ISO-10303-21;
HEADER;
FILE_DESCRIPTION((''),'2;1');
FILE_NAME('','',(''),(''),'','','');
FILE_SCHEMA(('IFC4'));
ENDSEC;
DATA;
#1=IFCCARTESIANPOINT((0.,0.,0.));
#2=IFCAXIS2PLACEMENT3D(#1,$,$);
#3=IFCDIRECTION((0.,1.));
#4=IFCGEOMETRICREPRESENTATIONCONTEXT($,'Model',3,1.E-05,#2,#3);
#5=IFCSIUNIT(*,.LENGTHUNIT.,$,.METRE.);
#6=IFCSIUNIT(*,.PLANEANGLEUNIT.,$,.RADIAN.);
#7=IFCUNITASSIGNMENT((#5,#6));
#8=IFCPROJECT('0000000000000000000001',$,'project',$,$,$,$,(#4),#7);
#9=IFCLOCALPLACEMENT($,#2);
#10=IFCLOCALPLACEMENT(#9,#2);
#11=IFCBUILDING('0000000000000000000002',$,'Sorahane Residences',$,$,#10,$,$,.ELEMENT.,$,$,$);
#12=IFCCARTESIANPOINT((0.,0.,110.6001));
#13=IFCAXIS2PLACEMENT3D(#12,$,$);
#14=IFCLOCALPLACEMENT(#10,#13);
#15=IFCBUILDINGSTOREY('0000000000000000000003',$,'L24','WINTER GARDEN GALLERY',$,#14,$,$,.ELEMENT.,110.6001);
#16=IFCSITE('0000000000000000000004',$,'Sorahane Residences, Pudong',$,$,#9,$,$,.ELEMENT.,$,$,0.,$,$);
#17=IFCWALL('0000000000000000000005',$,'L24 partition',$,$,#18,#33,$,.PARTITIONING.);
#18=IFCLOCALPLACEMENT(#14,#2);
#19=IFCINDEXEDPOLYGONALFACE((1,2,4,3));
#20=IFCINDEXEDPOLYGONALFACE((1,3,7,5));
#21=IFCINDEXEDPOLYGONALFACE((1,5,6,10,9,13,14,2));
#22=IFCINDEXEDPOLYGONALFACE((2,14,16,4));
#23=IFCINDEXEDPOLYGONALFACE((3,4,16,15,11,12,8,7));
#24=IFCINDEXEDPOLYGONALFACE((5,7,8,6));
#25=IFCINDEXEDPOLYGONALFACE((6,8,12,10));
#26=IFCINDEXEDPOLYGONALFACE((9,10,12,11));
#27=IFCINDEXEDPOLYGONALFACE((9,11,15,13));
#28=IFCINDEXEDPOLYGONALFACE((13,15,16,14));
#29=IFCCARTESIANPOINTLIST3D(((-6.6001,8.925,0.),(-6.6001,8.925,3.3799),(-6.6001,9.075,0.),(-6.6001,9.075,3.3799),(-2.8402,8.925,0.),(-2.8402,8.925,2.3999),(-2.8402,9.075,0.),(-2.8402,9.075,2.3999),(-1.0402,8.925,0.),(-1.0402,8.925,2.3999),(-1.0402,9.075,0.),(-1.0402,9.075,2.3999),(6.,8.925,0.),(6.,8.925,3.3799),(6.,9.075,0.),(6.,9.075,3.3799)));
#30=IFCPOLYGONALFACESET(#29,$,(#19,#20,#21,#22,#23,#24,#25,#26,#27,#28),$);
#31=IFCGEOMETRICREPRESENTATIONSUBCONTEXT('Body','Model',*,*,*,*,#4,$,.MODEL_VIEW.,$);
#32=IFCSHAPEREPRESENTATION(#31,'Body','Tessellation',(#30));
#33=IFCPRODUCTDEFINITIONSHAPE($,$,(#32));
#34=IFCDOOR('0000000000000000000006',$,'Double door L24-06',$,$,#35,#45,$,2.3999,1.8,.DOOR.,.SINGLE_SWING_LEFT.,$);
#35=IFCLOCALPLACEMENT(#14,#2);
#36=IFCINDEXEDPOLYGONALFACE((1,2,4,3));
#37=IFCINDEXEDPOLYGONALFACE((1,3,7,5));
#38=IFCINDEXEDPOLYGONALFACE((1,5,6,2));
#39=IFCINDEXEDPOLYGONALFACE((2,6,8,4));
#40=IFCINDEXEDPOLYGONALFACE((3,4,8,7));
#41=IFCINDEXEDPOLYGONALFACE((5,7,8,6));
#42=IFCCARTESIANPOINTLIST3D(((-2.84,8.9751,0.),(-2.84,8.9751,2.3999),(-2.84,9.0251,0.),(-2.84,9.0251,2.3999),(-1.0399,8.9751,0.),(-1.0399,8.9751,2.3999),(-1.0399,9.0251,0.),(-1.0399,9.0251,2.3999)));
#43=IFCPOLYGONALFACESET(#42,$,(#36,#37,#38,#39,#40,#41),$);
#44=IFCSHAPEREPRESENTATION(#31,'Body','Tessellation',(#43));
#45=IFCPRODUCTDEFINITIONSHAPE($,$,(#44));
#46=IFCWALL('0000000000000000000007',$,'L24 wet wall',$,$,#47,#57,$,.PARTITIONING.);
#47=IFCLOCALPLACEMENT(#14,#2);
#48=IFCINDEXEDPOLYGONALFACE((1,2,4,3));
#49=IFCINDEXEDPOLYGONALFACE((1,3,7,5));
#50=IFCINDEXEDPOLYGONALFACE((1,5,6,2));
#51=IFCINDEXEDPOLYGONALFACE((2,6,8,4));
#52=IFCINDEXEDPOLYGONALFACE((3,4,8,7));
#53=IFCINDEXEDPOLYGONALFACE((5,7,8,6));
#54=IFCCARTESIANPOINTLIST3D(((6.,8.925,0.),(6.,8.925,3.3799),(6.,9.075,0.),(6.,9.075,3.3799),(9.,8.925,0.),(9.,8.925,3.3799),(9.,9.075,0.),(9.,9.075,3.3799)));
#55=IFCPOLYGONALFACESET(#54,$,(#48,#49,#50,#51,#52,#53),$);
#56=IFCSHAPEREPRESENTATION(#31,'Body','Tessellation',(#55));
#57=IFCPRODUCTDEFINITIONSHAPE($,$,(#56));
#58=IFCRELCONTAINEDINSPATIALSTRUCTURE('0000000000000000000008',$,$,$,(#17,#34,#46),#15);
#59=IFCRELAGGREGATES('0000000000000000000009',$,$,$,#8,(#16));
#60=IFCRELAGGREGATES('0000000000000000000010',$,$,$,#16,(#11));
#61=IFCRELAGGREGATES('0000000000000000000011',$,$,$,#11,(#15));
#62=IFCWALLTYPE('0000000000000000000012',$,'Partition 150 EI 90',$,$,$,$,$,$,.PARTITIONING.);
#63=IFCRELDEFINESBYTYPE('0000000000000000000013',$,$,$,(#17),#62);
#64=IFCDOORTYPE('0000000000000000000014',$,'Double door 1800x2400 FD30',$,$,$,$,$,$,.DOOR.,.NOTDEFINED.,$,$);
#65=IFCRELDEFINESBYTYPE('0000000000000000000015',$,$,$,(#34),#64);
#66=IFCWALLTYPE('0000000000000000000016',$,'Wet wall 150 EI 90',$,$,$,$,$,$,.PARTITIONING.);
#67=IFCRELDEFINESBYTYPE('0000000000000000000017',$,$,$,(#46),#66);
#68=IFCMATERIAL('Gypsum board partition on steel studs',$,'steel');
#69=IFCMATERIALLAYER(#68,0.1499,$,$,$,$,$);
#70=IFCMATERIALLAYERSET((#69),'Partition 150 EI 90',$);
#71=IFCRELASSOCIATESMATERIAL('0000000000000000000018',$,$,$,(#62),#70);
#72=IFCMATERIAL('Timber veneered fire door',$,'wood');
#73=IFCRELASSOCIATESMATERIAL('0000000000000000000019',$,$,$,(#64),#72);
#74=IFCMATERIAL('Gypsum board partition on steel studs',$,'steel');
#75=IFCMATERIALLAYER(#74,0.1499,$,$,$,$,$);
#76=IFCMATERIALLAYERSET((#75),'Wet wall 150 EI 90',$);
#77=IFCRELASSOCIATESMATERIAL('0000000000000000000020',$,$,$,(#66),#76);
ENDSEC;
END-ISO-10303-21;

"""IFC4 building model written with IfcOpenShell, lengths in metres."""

from ifc_helpers import new_model, si_unit, direction, frame, frame_2d, origin, place, context, subcontext, project, spatial, rectangle, extrude, material, layer, layer_set, type_object, element, fill, save


model = new_model("IFC4")

# Units and contexts
model_context = context("Model", 3, precision=1e-05, world=origin(), true_north=direction((0.0, 1.0)))
body_context = subcontext(model_context, "Body", "Model", "MODEL_VIEW")
ifc_project = project(units=[si_unit("LENGTHUNIT", "METRE"), si_unit("PLANEANGLEUNIT", "RADIAN")], contexts=[model_context])

# Site, building, storey
site_placement = place(None, origin())
site = spatial("IfcSite", under=ifc_project, at=site_placement, Name="Sorahane Residences, Pudong", CompositionType="ELEMENT", RefElevation=0.0)
building_placement = place(site_placement, origin())
building = spatial("IfcBuilding", under=site, at=building_placement, Name="Sorahane Residences", CompositionType="ELEMENT")
storey_placement = place(building_placement, frame((0.0, 0.0, 110.6001)))
storey = spatial("IfcBuildingStorey", under=building, at=storey_placement, Name="L24", Description="WINTER GARDEN GALLERY", CompositionType="ELEMENT", Elevation=110.6001)

# Shared definitions
ifc_material_1 = material(Name="Gypsum board partition on steel studs", Category="steel")
ifc_layer_1 = layer(ifc_material_1, 0.1499)
ifc_layer_set_1 = layer_set([ifc_layer_1], Name="Partition 150 EI 90")
wall_type_1 = type_object("IfcWallType", Name="Partition 150 EI 90", PredefinedType="PARTITIONING", material=ifc_layer_set_1)

# Wall, opening, door
wall_1_placement = place(storey_placement, frame((-6.6001, 9.0, 0.0), z_axis=(0.0, 0.0, 1.0), x_axis=(1.0, 0.0, 0.0)))
wall_1 = element("IfcWall", 1, at=wall_1_placement, inside=storey, type_object=wall_type_1, Name="L24 partition", PredefinedType="PARTITIONING", context=body_context, shape_type="SweptSolid", body=[
    extrude(rectangle(XDim=12.6001, YDim=0.1499, at=frame_2d((6.3, 0.0))), origin(), (0.0, 0.0, 1.0), 3.3799),
])
opening_1_placement = place(wall_1_placement, frame((3.76, 0.0, 0.0)))
opening_1 = element("IfcOpeningElement", 2, at=opening_1_placement, cuts=wall_1, PredefinedType="OPENING", context=body_context, shape_type="SweptSolid", body=[
    extrude(rectangle(XDim=1.8, YDim=2.3999, at=frame_2d((0.8999, 1.2))), frame((0.0, 0.085, 0.0), z_axis=(0.0, -1.0, 0.0), x_axis=(1.0, 0.0, 0.0)), (0.0, 0.0, 1.0), 0.1699),
])
ifc_material_2 = material(Name="Timber veneered fire door", Category="wood")
door_type_1 = type_object("IfcDoorType", Name="Double door 1800x2400 FD30", OperationType="NOTDEFINED", PredefinedType="DOOR", material=ifc_material_2)
door_1_placement = place(opening_1_placement, frame((1.8, 0.0, 0.0), z_axis=(0.0, 0.0, 1.0), x_axis=(-1.0, 0.0, 0.0)))
door_1 = element("IfcDoor", 3, at=door_1_placement, inside=storey, type_object=door_type_1, Name="Double door L24-06", OperationType="SINGLE_SWING_LEFT", OverallHeight=2.3999, OverallWidth=1.8, PredefinedType="DOOR", context=body_context, shape_type="SweptSolid", body=[
    extrude(rectangle(XDim=1.8, YDim=2.3999, at=frame_2d((0.8999, 1.2))), frame((0.0, 0.0249, 0.0), z_axis=(0.0, -1.0, 0.0), x_axis=(1.0, 0.0, 0.0)), (0.0, 0.0, 1.0), 0.05),
])
fill(opening_1, door_1)
ifc_material_3 = material(Name="Gypsum board partition on steel studs", Category="steel")
ifc_layer_2 = layer(ifc_material_3, 0.1499)
ifc_layer_set_2 = layer_set([ifc_layer_2], Name="Wet wall 150 EI 90")
wall_type_2 = type_object("IfcWallType", Name="Wet wall 150 EI 90", PredefinedType="PARTITIONING", material=ifc_layer_set_2)

# Wall
wall_2_placement = place(storey_placement, frame((6.0, 9.0, 0.0), z_axis=(0.0, 0.0, 1.0), x_axis=(1.0, 0.0, 0.0)))
element("IfcWall", 4, at=wall_2_placement, inside=storey, type_object=wall_type_2, Name="L24 wet wall", PredefinedType="PARTITIONING", context=body_context, shape_type="SweptSolid", body=[
    extrude(rectangle(XDim=3.0, YDim=0.1499, at=frame_2d((1.5, 0.0))), origin(), (0.0, 0.0, 1.0), 3.3799),
])

save(model, "model.ifc")
